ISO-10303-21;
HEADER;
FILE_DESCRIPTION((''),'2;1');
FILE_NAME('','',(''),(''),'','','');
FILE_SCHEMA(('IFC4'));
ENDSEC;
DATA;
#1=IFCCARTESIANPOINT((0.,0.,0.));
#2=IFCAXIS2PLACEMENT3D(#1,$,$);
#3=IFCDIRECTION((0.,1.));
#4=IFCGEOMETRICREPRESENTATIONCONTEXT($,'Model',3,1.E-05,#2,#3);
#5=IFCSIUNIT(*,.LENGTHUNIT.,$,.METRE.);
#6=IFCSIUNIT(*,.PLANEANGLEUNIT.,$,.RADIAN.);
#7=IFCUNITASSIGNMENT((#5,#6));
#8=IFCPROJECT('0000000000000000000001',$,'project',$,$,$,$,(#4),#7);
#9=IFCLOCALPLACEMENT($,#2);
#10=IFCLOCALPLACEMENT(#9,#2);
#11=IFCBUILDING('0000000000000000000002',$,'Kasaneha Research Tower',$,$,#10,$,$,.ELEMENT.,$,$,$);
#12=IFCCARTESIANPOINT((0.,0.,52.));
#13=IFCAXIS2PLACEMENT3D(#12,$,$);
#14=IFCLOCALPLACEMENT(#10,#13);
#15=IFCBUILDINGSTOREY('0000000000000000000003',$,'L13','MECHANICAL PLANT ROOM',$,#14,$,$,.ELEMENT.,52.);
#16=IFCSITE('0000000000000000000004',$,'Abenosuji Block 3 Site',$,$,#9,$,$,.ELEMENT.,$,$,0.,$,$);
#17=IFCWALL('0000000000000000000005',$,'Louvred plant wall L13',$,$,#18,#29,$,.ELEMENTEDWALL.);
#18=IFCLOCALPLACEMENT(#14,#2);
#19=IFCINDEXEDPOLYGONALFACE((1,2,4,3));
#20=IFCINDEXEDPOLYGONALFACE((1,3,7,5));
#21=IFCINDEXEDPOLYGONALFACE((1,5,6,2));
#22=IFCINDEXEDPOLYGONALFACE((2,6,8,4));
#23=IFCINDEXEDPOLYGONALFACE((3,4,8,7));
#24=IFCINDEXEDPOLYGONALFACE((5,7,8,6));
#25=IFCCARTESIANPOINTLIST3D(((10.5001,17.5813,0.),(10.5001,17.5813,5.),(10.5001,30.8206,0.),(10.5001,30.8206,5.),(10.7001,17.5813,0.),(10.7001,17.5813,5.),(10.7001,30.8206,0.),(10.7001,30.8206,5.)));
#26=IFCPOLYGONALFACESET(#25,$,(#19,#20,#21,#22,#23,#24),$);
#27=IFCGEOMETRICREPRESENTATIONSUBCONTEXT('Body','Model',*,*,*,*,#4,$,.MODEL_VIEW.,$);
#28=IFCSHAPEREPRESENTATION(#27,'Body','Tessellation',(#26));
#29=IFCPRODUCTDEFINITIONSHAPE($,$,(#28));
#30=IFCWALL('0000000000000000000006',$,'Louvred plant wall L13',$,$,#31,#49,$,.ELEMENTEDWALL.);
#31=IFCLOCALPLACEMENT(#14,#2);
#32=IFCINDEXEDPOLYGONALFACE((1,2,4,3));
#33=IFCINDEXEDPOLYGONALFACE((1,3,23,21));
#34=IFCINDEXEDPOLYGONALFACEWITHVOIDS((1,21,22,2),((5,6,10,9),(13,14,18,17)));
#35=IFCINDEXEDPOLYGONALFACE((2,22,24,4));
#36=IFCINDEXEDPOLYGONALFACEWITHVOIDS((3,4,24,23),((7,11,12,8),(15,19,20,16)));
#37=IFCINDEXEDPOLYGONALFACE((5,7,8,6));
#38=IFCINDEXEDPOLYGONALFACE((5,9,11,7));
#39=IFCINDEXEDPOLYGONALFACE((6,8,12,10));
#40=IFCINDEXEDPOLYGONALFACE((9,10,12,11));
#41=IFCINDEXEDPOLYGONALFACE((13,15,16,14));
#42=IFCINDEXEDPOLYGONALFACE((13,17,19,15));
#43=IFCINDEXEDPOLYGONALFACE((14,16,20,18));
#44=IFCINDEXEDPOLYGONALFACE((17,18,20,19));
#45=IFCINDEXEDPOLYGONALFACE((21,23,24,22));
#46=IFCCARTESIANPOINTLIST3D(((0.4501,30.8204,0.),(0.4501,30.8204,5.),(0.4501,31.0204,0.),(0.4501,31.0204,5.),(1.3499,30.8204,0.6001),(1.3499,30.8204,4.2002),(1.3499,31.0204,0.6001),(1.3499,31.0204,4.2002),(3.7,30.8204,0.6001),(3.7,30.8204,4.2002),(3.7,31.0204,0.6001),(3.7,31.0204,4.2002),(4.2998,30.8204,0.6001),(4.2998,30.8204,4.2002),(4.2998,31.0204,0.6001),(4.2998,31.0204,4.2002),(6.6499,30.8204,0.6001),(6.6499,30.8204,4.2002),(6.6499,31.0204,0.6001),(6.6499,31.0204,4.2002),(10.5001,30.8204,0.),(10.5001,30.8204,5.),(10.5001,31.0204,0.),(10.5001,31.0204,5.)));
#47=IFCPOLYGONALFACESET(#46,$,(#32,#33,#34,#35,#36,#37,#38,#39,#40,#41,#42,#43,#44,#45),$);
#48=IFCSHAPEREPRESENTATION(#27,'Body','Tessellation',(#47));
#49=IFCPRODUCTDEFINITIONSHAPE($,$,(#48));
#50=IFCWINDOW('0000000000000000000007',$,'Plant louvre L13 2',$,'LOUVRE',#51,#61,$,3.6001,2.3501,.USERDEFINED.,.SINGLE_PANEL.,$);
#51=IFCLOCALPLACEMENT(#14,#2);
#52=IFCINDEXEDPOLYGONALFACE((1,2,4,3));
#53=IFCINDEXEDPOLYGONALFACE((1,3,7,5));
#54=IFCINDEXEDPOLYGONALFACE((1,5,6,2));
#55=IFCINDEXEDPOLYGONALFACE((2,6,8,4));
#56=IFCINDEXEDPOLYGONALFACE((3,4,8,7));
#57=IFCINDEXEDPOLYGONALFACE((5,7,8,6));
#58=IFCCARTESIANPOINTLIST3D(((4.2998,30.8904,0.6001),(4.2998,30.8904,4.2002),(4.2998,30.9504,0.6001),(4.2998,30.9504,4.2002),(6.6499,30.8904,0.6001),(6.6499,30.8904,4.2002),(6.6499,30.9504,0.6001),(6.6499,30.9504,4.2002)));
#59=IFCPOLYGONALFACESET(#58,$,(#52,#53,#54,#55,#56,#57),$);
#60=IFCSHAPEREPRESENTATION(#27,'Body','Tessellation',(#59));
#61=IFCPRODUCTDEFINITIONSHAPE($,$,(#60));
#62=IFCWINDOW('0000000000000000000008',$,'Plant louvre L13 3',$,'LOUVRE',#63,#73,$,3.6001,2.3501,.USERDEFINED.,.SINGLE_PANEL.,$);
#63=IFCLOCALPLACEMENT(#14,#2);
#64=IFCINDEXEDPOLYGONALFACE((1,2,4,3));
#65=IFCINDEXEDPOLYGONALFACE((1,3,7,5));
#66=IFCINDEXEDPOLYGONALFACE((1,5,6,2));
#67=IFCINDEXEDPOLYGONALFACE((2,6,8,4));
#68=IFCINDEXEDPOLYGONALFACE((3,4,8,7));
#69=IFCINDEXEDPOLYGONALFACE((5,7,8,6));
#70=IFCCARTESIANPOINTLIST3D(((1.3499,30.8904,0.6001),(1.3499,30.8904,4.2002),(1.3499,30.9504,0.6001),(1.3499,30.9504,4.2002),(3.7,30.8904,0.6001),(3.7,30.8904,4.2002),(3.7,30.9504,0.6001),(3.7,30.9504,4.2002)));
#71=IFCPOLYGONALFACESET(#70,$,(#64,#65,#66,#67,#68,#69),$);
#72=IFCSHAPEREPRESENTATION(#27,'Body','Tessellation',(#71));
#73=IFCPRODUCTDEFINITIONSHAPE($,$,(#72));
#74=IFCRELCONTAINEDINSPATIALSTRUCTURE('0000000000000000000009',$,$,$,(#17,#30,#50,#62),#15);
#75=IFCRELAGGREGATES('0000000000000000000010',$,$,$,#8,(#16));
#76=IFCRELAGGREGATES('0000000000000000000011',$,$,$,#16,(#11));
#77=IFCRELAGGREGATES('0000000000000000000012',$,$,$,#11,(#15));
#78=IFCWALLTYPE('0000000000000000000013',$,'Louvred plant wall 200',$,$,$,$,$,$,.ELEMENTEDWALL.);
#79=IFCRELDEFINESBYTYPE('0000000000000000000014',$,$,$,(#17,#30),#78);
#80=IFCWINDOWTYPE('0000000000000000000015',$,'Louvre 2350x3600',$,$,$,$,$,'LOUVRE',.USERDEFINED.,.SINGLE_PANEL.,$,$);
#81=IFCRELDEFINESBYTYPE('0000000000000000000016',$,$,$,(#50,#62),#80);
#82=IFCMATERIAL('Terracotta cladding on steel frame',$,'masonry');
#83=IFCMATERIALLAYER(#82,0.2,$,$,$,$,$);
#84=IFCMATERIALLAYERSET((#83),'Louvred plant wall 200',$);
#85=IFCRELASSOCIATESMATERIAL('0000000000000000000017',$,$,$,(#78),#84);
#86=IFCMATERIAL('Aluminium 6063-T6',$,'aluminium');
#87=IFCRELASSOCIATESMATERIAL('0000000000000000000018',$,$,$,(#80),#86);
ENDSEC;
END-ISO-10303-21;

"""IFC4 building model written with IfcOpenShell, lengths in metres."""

from ifc_helpers import new_model, si_unit, direction, frame, frame_2d, origin, place, context, subcontext, project, spatial, rectangle, extrude, material, layer, layer_set, type_object, element, fill, save


model = new_model("IFC4")

# Units and contexts
model_context = context("Model", 3, precision=1e-05, world=origin(), true_north=direction((0.0, 1.0)))
body_context = subcontext(model_context, "Body", "Model", "MODEL_VIEW")
ifc_project = project(units=[si_unit("LENGTHUNIT", "METRE"), si_unit("PLANEANGLEUNIT", "RADIAN")], contexts=[model_context])

# Site, building, storey
site_placement = place(None, origin())
site = spatial("IfcSite", under=ifc_project, at=site_placement, Name="Abenosuji Block 3 Site", CompositionType="ELEMENT", RefElevation=0.0)
building_placement = place(site_placement, origin())
building = spatial("IfcBuilding", under=site, at=building_placement, Name="Kasaneha Research Tower", CompositionType="ELEMENT")
storey_placement = place(building_placement, frame((0.0, 0.0, 52.0)))
storey = spatial("IfcBuildingStorey", under=building, at=storey_placement, Name="L13", Description="MECHANICAL PLANT ROOM", CompositionType="ELEMENT", Elevation=52.0)

# Wall
ifc_material_1 = material(Name="Terracotta cladding on steel frame", Category="masonry")
ifc_layer = layer(ifc_material_1, 0.2)
ifc_layer_set = layer_set([ifc_layer], Name="Louvred plant wall 200")
wall_type = type_object("IfcWallType", Name="Louvred plant wall 200", PredefinedType="ELEMENTEDWALL", material=ifc_layer_set)
wall_1_placement = place(storey_placement, frame((10.6001, 17.5813, 0.0), z_axis=(0.0, 0.0, 1.0), x_axis=(0.0, 1.0, 0.0)))
element("IfcWall", 1, at=wall_1_placement, inside=storey, type_object=wall_type, Name="Louvred plant wall L13", PredefinedType="ELEMENTEDWALL", context=body_context, shape_type="SweptSolid", body=[
    extrude(rectangle(XDim=13.2393, YDim=0.2, at=frame_2d((6.6196, 0.0))), origin(), (0.0, 0.0, 1.0), 5.0),
])

# Wall, openings, windows
wall_2_placement = place(storey_placement, frame((10.5, 30.9204, 0.0), z_axis=(0.0, 0.0, 1.0), x_axis=(-1.0, 0.0, 0.0)))
wall_2 = element("IfcWall", 2, at=wall_2_placement, inside=storey, type_object=wall_type, Name="Louvred plant wall L13", PredefinedType="ELEMENTEDWALL", context=body_context, shape_type="SweptSolid", body=[
    extrude(rectangle(XDim=10.05, YDim=0.2, at=frame_2d((5.0249, 0.0))), origin(), (0.0, 0.0, 1.0), 5.0),
])
opening_1_placement = place(wall_2_placement, frame((3.8501, 0.0, 0.6001)))
opening_1 = element("IfcOpeningElement", 3, at=opening_1_placement, cuts=wall_2, PredefinedType="OPENING", context=body_context, shape_type="SweptSolid", body=[
    extrude(rectangle(XDim=2.3501, YDim=3.6001, at=frame_2d((1.175, 1.8))), frame((0.0, 0.1099, 0.0), z_axis=(0.0, -1.0, 0.0), x_axis=(1.0, 0.0, 0.0)), (0.0, 0.0, 1.0), 0.22),
])
opening_2_placement = place(wall_2_placement, frame((6.8, 0.0, 0.6001)))
opening_2 = element("IfcOpeningElement", 4, at=opening_2_placement, cuts=wall_2, PredefinedType="OPENING", context=body_context, shape_type="SweptSolid", body=[
    extrude(rectangle(XDim=2.3501, YDim=3.6001, at=frame_2d((1.175, 1.8))), frame((0.0, 0.1099, 0.0), z_axis=(0.0, -1.0, 0.0), x_axis=(1.0, 0.0, 0.0)), (0.0, 0.0, 1.0), 0.22),
])
ifc_material_2 = material(Name="Aluminium 6063-T6", Category="aluminium")
window_type = type_object("IfcWindowType", Name="Louvre 2350x3600", ElementType="LOUVRE", PartitioningType="SINGLE_PANEL", PredefinedType="USERDEFINED", material=ifc_material_2)
window_1_placement = place(opening_1_placement, origin())
window_1 = element("IfcWindow", 5, at=window_1_placement, inside=storey, type_object=window_type, Name="Plant louvre L13 2", ObjectType="LOUVRE", OverallHeight=3.6001, OverallWidth=2.3501, PartitioningType="SINGLE_PANEL", PredefinedType="USERDEFINED", context=body_context, shape_type="SweptSolid", body=[
    extrude(rectangle(XDim=2.3501, YDim=3.6001, at=frame_2d((1.175, 1.8))), frame((0.0, 0.03, 0.0), z_axis=(0.0, -1.0, 0.0), x_axis=(1.0, 0.0, 0.0)), (0.0, 0.0, 1.0), 0.0601),
])
fill(opening_1, window_1)
window_2_placement = place(opening_2_placement, origin())
window_2 = element("IfcWindow", 6, at=window_2_placement, inside=storey, type_object=window_type, Name="Plant louvre L13 3", ObjectType="LOUVRE", OverallHeight=3.6001, OverallWidth=2.3501, PartitioningType="SINGLE_PANEL", PredefinedType="USERDEFINED", context=body_context, shape_type="SweptSolid", body=[
    extrude(rectangle(XDim=2.3501, YDim=3.6001, at=frame_2d((1.175, 1.8))), frame((0.0, 0.03, 0.0), z_axis=(0.0, -1.0, 0.0), x_axis=(1.0, 0.0, 0.0)), (0.0, 0.0, 1.0), 0.0601),
])
fill(opening_2, window_2)

save(model, "model.ifc")
